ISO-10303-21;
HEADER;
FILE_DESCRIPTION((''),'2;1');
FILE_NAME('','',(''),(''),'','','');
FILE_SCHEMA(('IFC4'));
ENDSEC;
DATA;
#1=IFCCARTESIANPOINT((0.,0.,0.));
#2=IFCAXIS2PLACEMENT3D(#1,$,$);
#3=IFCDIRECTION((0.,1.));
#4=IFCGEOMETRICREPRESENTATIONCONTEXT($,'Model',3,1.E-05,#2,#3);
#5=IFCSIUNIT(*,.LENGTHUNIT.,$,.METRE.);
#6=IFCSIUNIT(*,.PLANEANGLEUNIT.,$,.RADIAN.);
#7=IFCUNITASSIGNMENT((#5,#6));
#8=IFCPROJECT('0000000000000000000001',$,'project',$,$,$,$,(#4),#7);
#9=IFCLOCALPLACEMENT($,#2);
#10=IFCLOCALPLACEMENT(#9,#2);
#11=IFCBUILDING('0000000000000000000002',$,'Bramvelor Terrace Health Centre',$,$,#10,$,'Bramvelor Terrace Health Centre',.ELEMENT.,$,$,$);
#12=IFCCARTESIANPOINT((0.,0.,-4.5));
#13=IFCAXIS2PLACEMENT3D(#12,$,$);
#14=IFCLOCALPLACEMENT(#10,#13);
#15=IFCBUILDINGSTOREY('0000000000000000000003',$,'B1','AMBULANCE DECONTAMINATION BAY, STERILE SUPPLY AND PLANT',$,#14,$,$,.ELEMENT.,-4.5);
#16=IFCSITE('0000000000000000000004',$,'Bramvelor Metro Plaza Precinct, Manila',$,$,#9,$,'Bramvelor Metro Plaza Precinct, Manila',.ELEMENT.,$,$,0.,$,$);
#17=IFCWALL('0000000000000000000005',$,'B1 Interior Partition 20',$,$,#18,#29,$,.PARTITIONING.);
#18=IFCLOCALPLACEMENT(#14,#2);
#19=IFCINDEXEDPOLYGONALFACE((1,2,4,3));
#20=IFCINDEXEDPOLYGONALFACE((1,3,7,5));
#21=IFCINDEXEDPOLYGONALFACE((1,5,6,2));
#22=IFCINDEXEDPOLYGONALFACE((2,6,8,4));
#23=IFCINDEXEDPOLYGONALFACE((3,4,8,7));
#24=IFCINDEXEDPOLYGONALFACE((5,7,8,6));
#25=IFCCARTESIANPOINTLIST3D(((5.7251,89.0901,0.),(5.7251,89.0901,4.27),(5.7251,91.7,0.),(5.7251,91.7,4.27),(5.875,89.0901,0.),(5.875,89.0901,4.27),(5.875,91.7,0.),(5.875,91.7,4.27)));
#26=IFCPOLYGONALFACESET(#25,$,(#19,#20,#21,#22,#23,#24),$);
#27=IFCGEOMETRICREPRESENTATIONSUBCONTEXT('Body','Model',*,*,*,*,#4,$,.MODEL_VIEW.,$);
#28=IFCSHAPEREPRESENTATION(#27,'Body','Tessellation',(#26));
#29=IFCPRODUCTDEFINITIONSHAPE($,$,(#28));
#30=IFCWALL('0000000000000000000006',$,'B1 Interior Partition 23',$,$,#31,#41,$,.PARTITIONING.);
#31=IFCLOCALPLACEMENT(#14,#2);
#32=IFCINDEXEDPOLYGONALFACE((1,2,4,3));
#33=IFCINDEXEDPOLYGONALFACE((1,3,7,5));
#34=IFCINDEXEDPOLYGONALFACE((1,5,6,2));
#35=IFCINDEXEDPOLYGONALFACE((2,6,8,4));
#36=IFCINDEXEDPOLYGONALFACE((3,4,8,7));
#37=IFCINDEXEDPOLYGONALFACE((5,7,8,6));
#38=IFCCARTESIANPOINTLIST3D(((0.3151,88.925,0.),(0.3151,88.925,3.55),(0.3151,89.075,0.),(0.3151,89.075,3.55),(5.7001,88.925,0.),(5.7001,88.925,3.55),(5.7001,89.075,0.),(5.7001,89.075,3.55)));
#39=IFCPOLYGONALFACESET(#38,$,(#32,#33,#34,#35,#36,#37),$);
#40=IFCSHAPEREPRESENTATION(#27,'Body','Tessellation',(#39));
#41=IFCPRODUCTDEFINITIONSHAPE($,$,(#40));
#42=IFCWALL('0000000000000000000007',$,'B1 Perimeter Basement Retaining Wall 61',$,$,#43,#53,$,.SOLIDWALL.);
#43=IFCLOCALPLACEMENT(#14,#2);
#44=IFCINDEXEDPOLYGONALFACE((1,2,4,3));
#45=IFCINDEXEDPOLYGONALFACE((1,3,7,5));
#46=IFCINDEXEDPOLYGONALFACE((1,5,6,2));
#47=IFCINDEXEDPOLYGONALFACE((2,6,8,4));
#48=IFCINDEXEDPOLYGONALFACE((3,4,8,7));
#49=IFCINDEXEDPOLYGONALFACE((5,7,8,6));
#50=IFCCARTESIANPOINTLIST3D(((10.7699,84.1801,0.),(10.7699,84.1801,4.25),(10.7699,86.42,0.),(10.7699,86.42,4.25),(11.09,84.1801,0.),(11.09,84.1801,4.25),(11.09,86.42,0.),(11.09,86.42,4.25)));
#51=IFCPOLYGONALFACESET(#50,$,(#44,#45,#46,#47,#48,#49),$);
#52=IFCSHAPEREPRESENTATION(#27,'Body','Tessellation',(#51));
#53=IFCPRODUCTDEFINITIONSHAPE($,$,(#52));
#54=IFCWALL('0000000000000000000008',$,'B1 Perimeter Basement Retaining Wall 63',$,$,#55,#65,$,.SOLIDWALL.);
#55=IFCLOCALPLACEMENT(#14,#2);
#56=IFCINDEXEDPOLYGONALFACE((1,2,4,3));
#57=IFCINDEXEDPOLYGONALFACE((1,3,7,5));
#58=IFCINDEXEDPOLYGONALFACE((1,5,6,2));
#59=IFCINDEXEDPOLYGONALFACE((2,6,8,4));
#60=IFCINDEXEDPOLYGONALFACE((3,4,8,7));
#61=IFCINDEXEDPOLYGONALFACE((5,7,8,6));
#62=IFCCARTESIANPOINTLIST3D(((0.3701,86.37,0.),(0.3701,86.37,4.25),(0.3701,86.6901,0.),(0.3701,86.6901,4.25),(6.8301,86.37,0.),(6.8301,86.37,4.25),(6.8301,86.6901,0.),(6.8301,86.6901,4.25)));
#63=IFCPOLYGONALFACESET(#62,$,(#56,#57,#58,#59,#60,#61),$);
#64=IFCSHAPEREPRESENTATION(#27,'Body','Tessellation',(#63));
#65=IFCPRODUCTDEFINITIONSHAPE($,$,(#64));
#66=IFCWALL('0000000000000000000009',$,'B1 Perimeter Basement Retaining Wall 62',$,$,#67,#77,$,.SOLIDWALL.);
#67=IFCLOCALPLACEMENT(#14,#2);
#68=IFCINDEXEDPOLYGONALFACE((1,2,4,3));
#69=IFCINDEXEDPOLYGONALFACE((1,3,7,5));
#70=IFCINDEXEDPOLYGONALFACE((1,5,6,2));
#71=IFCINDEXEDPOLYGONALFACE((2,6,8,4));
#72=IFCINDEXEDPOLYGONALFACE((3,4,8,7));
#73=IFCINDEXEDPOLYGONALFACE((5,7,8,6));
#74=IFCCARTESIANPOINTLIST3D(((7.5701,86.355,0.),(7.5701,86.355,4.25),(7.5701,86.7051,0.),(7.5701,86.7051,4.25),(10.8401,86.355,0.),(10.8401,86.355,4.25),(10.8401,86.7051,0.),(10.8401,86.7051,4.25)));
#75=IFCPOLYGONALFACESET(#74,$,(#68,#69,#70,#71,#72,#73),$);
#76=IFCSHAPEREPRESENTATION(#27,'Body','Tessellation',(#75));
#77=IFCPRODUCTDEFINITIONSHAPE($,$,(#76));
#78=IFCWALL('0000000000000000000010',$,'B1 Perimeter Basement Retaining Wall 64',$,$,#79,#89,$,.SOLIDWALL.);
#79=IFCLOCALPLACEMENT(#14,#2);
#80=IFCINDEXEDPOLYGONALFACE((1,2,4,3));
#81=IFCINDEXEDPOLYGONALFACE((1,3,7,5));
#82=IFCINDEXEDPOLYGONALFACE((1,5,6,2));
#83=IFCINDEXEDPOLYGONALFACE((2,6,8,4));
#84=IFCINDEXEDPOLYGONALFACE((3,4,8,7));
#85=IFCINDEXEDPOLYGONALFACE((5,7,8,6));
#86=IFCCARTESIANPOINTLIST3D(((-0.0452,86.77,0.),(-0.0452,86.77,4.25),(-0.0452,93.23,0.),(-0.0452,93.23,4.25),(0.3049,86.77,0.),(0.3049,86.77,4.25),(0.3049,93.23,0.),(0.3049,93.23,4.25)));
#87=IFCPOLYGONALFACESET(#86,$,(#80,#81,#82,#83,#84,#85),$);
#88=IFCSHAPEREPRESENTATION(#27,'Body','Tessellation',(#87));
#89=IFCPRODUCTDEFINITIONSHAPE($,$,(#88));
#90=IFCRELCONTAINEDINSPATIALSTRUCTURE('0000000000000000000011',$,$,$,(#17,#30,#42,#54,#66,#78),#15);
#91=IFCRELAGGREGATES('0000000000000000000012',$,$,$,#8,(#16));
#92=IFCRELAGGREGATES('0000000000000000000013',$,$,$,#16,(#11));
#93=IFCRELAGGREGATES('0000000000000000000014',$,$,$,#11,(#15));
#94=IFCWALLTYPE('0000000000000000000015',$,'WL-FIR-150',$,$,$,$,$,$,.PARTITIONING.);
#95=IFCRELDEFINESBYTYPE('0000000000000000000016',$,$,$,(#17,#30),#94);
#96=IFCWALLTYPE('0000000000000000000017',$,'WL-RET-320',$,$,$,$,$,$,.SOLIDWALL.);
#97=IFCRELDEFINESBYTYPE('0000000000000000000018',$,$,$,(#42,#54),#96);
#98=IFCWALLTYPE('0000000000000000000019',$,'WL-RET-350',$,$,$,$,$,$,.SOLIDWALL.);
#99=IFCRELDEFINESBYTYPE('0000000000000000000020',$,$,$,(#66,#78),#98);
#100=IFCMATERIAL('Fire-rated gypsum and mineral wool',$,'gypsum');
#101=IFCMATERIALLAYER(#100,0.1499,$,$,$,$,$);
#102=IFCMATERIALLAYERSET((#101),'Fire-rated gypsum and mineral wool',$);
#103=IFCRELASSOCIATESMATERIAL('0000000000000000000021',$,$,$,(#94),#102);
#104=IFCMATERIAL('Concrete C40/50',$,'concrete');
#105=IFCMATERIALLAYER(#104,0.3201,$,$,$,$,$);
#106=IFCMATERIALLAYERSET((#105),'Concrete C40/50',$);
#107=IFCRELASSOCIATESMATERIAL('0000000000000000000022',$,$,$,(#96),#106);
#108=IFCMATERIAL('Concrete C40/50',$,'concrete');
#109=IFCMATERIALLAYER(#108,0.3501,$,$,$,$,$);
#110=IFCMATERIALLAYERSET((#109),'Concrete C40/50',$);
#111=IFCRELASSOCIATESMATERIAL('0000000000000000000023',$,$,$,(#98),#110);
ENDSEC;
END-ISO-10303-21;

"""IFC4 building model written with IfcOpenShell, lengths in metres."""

from ifc_helpers import new_model, si_unit, direction, frame, frame_2d, origin, place, context, subcontext, project, spatial, rectangle, extrude, material, layer, layer_set, type_object, element, save


model = new_model("IFC4")

# Units and contexts
model_context = context("Model", 3, precision=1e-05, world=origin(), true_north=direction((0.0, 1.0)))
body_context = subcontext(model_context, "Body", "Model", "MODEL_VIEW")
ifc_project = project(units=[si_unit("LENGTHUNIT", "METRE"), si_unit("PLANEANGLEUNIT", "RADIAN")], contexts=[model_context])

# Site, building, storey
site_placement = place(None, origin())
site = spatial("IfcSite", under=ifc_project, at=site_placement, Name="Bramvelor Metro Plaza Precinct, Manila", LongName="Bramvelor Metro Plaza Precinct, Manila", CompositionType="ELEMENT", RefElevation=0.0)
building_placement = place(site_placement, origin())
building = spatial("IfcBuilding", under=site, at=building_placement, Name="Bramvelor Terrace Health Centre", LongName="Bramvelor Terrace Health Centre", CompositionType="ELEMENT")
storey_placement = place(building_placement, frame((0.0, 0.0, -4.5)))
storey = spatial("IfcBuildingStorey", under=building, at=storey_placement, Name="B1", Description="AMBULANCE DECONTAMINATION BAY, STERILE SUPPLY AND PLANT", CompositionType="ELEMENT", Elevation=-4.5)

# Walls
ifc_material_1 = material(Name="Fire-rated gypsum and mineral wool", Category="gypsum")
ifc_layer_1 = layer(ifc_material_1, 0.1499)
ifc_layer_set_1 = layer_set([ifc_layer_1], Name="Fire-rated gypsum and mineral wool")
wall_type_1 = type_object("IfcWallType", Name="WL-FIR-150", PredefinedType="PARTITIONING", material=ifc_layer_set_1)
wall_1_placement = place(storey_placement, frame((5.8, 89.0901, 0.0), z_axis=(0.0, 0.0, 1.0), x_axis=(0.0, 1.0, 0.0)))
element("IfcWall", 1, at=wall_1_placement, inside=storey, type_object=wall_type_1, Name="B1 Interior Partition 20", PredefinedType="PARTITIONING", context=body_context, shape_type="SweptSolid", body=[
    extrude(rectangle(XDim=2.6099, YDim=0.1499, at=frame_2d((1.3049, 0.0))), origin(), (0.0, 0.0, 1.0), 4.27),
])
wall_2_placement = place(storey_placement, frame((5.7, 89.0, 0.0), z_axis=(0.0, 0.0, 1.0), x_axis=(-1.0, 0.0, 0.0)))
element("IfcWall", 2, at=wall_2_placement, inside=storey, type_object=wall_type_1, Name="B1 Interior Partition 23", PredefinedType="PARTITIONING", context=body_context, shape_type="SweptSolid", body=[
    extrude(rectangle(XDim=5.385, YDim=0.1499, at=frame_2d((2.6924, 0.0))), origin(), (0.0, 0.0, 1.0), 3.55),
])
ifc_material_2 = material(Name="Concrete C40/50", Category="concrete")
ifc_layer_2 = layer(ifc_material_2, 0.3201)
ifc_layer_set_2 = layer_set([ifc_layer_2], Name="Concrete C40/50")
wall_type_2 = type_object("IfcWallType", Name="WL-RET-320", PredefinedType="SOLIDWALL", material=ifc_layer_set_2)
wall_3_placement = place(storey_placement, frame((10.9299, 84.1799, 0.0), z_axis=(0.0, 0.0, 1.0), x_axis=(0.0, 1.0, 0.0)))
element("IfcWall", 3, at=wall_3_placement, inside=storey, type_object=wall_type_2, Name="B1 Perimeter Basement Retaining Wall 61", PredefinedType="SOLIDWALL", context=body_context, shape_type="SweptSolid", body=[
    extrude(rectangle(XDim=2.24, YDim=0.3201, at=frame_2d((1.1201, 0.0))), origin(), (0.0, 0.0, 1.0), 4.25),
])
wall_4_placement = place(storey_placement, frame((6.8301, 86.53, 0.0), z_axis=(0.0, 0.0, 1.0), x_axis=(-1.0, 0.0, 0.0)))
element("IfcWall", 4, at=wall_4_placement, inside=storey, type_object=wall_type_2, Name="B1 Perimeter Basement Retaining Wall 63", PredefinedType="SOLIDWALL", context=body_context, shape_type="SweptSolid", body=[
    extrude(rectangle(XDim=6.46, YDim=0.3201, at=frame_2d((3.23, 0.0))), origin(), (0.0, 0.0, 1.0), 4.25),
])
ifc_material_3 = material(Name="Concrete C40/50", Category="concrete")
ifc_layer_3 = layer(ifc_material_3, 0.3501)
ifc_layer_set_3 = layer_set([ifc_layer_3], Name="Concrete C40/50")
wall_type_3 = type_object("IfcWallType", Name="WL-RET-350", PredefinedType="SOLIDWALL", material=ifc_layer_set_3)
wall_5_placement = place(storey_placement, frame((10.8401, 86.53, 0.0), z_axis=(0.0, 0.0, 1.0), x_axis=(-1.0, 0.0, 0.0)))
element("IfcWall", 5, at=wall_5_placement, inside=storey, type_object=wall_type_3, Name="B1 Perimeter Basement Retaining Wall 62", PredefinedType="SOLIDWALL", context=body_context, shape_type="SweptSolid", body=[
    extrude(rectangle(XDim=3.27, YDim=0.3501, at=frame_2d((1.635, 0.0))), origin(), (0.0, 0.0, 1.0), 4.25),
])
wall_6_placement = place(storey_placement, frame((0.1299, 86.77, 0.0), z_axis=(0.0, 0.0, 1.0), x_axis=(0.0, 1.0, 0.0)))
element("IfcWall", 6, at=wall_6_placement, inside=storey, type_object=wall_type_3, Name="B1 Perimeter Basement Retaining Wall 64", PredefinedType="SOLIDWALL", context=body_context, shape_type="SweptSolid", body=[
    extrude(rectangle(XDim=6.46, YDim=0.3501, at=frame_2d((3.23, 0.0))), origin(), (0.0, 0.0, 1.0), 4.25),
])

save(model, "model.ifc")
